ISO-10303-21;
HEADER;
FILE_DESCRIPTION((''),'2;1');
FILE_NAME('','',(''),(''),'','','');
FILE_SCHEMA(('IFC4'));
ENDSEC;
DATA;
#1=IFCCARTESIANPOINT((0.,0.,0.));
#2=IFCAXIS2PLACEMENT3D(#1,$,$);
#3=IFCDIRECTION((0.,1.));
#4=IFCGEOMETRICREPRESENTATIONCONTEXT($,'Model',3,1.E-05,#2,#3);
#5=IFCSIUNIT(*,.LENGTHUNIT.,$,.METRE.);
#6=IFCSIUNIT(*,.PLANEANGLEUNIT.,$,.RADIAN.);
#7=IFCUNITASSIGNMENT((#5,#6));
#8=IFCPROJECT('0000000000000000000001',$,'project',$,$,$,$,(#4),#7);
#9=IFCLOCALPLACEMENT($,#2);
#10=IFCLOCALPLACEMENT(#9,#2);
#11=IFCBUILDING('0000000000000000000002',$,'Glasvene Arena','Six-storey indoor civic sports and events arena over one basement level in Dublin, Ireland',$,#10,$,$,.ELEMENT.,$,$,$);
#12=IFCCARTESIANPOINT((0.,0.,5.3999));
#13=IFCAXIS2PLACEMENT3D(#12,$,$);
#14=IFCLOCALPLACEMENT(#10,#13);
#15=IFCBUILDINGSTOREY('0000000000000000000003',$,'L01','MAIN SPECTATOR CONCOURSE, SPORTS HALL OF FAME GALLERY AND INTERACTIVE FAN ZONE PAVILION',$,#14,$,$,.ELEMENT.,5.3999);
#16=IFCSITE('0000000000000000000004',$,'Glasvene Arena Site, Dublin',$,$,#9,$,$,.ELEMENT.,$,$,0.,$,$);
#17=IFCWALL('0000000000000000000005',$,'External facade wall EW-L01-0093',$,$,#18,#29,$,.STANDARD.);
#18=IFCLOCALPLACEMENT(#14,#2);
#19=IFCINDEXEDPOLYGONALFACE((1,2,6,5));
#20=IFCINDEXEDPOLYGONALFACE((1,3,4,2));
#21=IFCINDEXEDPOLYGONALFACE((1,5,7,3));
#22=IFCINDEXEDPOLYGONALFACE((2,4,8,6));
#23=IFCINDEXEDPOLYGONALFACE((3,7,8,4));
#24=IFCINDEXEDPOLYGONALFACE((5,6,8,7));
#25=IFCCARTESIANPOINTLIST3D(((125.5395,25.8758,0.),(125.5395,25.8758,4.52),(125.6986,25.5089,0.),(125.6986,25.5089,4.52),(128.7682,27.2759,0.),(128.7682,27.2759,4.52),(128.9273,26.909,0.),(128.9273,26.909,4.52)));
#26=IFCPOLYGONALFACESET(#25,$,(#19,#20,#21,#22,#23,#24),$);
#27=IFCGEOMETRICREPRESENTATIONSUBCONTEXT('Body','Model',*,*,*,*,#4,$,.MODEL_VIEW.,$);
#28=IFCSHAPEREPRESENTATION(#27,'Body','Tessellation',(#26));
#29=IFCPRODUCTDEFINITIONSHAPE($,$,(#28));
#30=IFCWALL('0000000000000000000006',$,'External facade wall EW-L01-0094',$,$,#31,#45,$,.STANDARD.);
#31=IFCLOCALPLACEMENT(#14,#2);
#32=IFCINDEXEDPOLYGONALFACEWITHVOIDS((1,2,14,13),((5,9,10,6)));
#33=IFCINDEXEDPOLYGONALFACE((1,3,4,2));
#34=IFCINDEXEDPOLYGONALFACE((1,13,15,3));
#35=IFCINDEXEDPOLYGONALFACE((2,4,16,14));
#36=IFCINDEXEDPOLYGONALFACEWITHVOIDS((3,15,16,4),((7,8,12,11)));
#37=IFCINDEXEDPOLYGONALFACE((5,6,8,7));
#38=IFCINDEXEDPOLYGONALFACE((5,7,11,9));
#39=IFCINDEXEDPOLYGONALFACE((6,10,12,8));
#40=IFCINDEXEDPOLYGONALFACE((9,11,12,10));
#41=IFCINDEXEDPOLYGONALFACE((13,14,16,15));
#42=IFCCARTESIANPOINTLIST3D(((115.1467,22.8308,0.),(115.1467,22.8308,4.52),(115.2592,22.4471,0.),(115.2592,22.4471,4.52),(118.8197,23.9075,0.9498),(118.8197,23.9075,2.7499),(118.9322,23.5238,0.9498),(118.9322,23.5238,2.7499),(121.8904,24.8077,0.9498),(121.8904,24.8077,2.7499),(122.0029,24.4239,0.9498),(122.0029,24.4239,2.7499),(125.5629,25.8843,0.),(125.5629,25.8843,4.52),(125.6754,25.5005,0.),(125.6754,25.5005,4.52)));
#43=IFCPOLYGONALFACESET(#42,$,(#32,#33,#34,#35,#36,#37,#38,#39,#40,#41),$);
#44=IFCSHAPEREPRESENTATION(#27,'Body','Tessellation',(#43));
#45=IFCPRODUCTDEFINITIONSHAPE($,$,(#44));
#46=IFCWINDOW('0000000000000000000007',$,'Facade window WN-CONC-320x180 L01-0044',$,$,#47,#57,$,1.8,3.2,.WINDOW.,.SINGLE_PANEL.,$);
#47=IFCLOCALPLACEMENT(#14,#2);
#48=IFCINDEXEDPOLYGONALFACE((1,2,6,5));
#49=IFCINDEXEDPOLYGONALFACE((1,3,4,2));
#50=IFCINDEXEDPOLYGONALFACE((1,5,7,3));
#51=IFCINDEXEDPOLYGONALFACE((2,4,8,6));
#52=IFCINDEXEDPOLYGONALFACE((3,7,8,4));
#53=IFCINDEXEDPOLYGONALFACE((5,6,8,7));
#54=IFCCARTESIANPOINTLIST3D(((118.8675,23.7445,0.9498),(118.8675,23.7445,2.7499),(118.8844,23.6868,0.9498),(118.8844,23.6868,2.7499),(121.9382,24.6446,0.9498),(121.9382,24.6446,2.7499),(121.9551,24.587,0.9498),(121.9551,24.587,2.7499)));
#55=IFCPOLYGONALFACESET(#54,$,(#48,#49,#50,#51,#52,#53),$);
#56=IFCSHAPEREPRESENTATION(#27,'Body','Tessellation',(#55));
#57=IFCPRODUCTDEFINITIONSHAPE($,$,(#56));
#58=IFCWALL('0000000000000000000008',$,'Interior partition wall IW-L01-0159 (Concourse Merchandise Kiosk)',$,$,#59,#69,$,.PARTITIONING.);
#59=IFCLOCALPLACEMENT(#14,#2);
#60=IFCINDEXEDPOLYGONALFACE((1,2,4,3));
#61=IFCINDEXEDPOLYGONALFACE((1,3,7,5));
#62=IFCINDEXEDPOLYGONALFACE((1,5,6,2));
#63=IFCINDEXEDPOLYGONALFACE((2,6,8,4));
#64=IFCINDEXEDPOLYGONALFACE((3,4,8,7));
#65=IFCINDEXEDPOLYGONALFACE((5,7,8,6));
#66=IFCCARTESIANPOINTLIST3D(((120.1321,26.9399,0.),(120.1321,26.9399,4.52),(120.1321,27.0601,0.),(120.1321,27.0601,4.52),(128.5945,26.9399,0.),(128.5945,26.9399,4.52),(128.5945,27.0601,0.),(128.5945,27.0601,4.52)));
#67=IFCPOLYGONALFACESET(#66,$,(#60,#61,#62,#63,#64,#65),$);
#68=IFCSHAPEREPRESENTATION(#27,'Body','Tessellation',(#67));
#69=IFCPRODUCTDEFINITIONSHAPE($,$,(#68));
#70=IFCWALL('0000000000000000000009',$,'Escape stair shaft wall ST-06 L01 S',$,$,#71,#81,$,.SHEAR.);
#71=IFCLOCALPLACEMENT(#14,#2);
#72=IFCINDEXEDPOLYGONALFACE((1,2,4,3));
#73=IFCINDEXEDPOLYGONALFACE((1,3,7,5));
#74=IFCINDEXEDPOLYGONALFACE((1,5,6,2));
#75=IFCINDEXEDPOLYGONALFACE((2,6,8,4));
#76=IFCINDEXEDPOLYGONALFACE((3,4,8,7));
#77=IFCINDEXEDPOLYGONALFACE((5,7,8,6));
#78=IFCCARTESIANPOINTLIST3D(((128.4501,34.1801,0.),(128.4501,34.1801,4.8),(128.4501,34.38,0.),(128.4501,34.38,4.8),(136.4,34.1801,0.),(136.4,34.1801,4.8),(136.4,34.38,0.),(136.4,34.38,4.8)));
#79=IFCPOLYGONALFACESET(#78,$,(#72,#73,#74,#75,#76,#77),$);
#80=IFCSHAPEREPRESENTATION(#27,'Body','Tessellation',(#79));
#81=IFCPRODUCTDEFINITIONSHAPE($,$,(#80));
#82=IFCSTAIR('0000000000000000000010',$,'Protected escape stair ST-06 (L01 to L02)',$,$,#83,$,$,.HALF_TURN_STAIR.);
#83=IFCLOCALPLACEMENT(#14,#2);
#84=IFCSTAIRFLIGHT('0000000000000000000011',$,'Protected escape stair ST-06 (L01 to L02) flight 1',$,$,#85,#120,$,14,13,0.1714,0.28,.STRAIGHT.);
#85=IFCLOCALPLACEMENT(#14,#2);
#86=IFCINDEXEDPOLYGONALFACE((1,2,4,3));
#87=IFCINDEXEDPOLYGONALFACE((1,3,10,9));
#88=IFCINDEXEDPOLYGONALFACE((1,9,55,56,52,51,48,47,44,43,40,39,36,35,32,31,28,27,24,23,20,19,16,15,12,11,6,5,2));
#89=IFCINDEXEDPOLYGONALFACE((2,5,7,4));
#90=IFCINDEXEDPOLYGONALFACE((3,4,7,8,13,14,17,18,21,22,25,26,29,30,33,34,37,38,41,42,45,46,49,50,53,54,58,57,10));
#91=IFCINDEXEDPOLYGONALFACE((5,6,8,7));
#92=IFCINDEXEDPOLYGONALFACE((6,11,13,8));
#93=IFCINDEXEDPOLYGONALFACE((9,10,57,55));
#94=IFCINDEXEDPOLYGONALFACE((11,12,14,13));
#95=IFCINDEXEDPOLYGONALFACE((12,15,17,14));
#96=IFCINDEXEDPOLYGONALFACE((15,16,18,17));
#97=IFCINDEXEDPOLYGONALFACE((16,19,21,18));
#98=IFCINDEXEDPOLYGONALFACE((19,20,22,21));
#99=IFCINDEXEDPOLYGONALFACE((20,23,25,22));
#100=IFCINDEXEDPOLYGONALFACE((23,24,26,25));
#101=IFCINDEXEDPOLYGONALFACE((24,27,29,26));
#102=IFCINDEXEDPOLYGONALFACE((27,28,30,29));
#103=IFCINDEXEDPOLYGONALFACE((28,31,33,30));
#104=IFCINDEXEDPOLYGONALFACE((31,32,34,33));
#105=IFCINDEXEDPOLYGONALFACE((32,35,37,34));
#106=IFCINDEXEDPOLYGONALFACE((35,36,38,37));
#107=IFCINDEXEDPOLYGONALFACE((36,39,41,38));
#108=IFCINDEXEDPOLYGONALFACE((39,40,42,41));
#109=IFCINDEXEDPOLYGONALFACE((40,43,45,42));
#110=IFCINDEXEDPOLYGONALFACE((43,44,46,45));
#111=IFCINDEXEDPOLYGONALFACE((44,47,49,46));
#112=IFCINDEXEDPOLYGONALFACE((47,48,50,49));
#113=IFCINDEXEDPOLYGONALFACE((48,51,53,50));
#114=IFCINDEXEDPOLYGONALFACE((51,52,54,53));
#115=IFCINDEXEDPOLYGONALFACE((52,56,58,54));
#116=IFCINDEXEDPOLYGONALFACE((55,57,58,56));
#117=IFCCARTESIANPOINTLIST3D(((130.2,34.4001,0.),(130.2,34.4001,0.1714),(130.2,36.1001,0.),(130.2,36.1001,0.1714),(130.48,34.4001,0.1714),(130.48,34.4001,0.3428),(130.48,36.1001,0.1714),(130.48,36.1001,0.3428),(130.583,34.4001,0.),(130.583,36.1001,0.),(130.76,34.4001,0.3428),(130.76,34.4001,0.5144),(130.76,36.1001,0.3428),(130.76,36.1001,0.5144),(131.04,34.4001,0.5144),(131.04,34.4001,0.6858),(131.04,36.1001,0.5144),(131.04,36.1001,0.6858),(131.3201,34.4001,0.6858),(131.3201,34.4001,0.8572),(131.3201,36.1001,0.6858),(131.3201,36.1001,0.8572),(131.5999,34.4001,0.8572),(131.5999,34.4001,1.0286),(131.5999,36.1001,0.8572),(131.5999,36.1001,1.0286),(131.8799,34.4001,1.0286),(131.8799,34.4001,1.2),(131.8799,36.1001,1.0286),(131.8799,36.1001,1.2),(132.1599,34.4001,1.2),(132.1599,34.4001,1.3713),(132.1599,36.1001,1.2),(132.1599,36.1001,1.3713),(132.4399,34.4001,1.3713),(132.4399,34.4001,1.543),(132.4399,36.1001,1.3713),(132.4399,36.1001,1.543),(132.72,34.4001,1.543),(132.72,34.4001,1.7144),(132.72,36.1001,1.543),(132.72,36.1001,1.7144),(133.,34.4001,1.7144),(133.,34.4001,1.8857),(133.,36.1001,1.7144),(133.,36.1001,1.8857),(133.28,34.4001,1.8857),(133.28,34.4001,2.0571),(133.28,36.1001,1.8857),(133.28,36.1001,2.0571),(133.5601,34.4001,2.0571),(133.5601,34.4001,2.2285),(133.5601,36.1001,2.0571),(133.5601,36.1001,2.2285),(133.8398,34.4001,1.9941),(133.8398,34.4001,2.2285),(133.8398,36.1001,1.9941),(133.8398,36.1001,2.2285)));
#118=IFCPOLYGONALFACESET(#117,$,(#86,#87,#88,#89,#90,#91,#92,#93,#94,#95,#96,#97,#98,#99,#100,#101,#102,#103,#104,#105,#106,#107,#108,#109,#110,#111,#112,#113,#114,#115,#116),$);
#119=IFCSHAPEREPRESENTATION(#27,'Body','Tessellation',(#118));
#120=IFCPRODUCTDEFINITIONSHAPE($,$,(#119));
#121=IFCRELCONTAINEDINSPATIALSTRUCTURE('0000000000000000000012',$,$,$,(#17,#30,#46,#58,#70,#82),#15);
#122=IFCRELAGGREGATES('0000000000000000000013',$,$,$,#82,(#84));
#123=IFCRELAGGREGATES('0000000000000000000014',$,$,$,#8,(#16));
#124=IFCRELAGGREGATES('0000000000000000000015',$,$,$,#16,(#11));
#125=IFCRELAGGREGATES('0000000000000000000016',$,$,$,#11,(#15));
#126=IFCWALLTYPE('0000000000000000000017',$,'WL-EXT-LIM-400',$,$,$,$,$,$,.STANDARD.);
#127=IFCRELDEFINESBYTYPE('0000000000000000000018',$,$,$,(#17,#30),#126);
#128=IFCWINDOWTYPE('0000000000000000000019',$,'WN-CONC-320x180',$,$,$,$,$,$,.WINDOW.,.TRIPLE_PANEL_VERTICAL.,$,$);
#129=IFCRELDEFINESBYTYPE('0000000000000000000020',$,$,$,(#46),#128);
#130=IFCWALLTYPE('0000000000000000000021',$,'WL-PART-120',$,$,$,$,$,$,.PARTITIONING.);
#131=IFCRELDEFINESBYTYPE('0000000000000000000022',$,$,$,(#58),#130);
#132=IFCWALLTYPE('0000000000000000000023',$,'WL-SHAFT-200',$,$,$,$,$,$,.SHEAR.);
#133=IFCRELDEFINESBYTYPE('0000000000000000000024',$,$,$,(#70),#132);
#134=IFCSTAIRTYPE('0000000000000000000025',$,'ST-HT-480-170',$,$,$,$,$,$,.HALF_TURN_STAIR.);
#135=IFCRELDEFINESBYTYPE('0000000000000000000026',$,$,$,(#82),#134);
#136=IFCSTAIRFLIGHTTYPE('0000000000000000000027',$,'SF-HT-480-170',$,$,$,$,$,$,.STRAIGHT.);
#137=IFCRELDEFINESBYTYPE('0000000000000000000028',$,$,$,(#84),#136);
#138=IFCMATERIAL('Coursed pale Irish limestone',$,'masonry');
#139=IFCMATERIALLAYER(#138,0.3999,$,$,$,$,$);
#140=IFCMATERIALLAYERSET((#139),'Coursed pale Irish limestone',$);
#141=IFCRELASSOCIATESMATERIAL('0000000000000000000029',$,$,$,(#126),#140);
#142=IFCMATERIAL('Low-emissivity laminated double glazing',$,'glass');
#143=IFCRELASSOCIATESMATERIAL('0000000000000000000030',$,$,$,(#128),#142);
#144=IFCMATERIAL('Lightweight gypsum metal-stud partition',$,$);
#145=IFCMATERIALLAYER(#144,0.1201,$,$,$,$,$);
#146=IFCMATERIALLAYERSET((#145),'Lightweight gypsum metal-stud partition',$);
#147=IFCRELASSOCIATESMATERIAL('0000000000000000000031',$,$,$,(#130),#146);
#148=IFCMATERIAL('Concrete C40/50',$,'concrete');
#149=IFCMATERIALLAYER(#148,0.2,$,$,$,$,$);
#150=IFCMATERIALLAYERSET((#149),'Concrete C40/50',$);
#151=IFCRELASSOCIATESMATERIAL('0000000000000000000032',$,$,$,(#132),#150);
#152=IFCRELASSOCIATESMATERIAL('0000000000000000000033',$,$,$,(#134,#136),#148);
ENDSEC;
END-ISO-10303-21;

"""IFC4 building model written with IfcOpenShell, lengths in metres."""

from ifc_helpers import new_model, si_unit, direction, frame, frame_2d, origin, place, context, subcontext, project, spatial, polyline, rectangle, outline, extrude, material, layer, layer_set, type_object, element, fill, aggregate, save


model = new_model("IFC4")

# Units and contexts
model_context = context("Model", 3, precision=1e-05, world=origin(), true_north=direction((0.0, 1.0)))
body_context = subcontext(model_context, "Body", "Model", "MODEL_VIEW")
ifc_project = project(units=[si_unit("LENGTHUNIT", "METRE"), si_unit("PLANEANGLEUNIT", "RADIAN")], contexts=[model_context])

# Site, building, storey
site_placement = place(None, origin())
site = spatial("IfcSite", under=ifc_project, at=site_placement, Name="Glasvene Arena Site, Dublin", CompositionType="ELEMENT", RefElevation=0.0)
building_placement = place(site_placement, origin())
building = spatial("IfcBuilding", under=site, at=building_placement, Name="Glasvene Arena", Description="Six-storey indoor civic sports and events arena over one basement level in Dublin, Ireland", CompositionType="ELEMENT")
storey_placement = place(building_placement, frame((0.0, 0.0, 5.3999)))
storey = spatial("IfcBuildingStorey", under=building, at=storey_placement, Name="L01", Description="MAIN SPECTATOR CONCOURSE, SPORTS HALL OF FAME GALLERY AND INTERACTIVE FAN ZONE PAVILION", CompositionType="ELEMENT", Elevation=5.3999)

# Shared definitions
ifc_material_1 = material(Name="Low-emissivity laminated double glazing", Category="glass")

# Shared definitions
ifc_material_2 = material(Name="Concrete C40/50", Category="concrete")

# Wall
ifc_material_3 = material(Name="Coursed pale Irish limestone", Category="masonry")
ifc_layer_1 = layer(ifc_material_3, 0.3999)
ifc_layer_set_1 = layer_set([ifc_layer_1], Name="Coursed pale Irish limestone")
wall_type_1 = type_object("IfcWallType", Name="WL-EXT-LIM-400", PredefinedType="STANDARD", material=ifc_layer_set_1)
wall_1_placement = place(storey_placement, frame((128.8479, 27.0925, 0.0), z_axis=(0.0, 0.0, 1.0), x_axis=(-0.91745, -0.397851, 0.0)))
element("IfcWall", 1, at=wall_1_placement, inside=storey, type_object=wall_type_1, Name="External facade wall EW-L01-0093", PredefinedType="STANDARD", context=body_context, shape_type="SweptSolid", body=[
    extrude(rectangle(XDim=3.5193, YDim=0.3999, at=frame_2d((1.7598, 0.0))), origin(), (0.0, 0.0, 1.0), 4.52),
])

# Wall, opening, window
wall_2_placement = place(storey_placement, frame((125.6191, 25.6924, 0.0), z_axis=(0.0, 0.0, 1.0), x_axis=(-0.959618, -0.281307, 0.0)))
wall_2 = element("IfcWall", 2, at=wall_2_placement, inside=storey, type_object=wall_type_1, Name="External facade wall EW-L01-0094", PredefinedType="STANDARD", context=body_context, shape_type="SweptSolid", body=[
    extrude(rectangle(XDim=10.8545, YDim=0.3999, at=frame_2d((5.4272, 0.0))), origin(), (0.0, 0.0, 1.0), 4.52),
])
opening_1_placement = place(wall_2_placement, frame((3.8269, 0.0, 0.95)))
opening_1 = element("IfcOpeningElement", 3, at=opening_1_placement, cuts=wall_2, PredefinedType="OPENING", context=body_context, shape_type="SweptSolid", body=[
    extrude(rectangle(XDim=3.2, YDim=1.8, at=frame_2d((1.6001, 0.8999))), frame((0.0, 0.21, 0.0), z_axis=(0.0, -1.0, 0.0), x_axis=(1.0, 0.0, 0.0)), (0.0, 0.0, 1.0), 0.4199),
])
window_type = type_object("IfcWindowType", Name="WN-CONC-320x180", PartitioningType="TRIPLE_PANEL_VERTICAL", PredefinedType="WINDOW", material=ifc_material_1)
window_placement = place(opening_1_placement, origin())
window = element("IfcWindow", 4, at=window_placement, inside=storey, type_object=window_type, Name="Facade window WN-CONC-320x180 L01-0044", OverallHeight=1.8, OverallWidth=3.2, PartitioningType="SINGLE_PANEL", PredefinedType="WINDOW", context=body_context, shape_type="SweptSolid", body=[
    extrude(rectangle(XDim=3.2, YDim=1.8, at=frame_2d((1.6001, 0.8999))), frame((0.0, 0.03, 0.0), z_axis=(0.0, -1.0, 0.0), x_axis=(1.0, 0.0, 0.0)), (0.0, 0.0, 1.0), 0.0601),
])
fill(opening_1, window)

# Walls
ifc_material_4 = material(Name="Lightweight gypsum metal-stud partition")
ifc_layer_2 = layer(ifc_material_4, 0.1201)
ifc_layer_set_2 = layer_set([ifc_layer_2], Name="Lightweight gypsum metal-stud partition")
wall_type_2 = type_object("IfcWallType", Name="WL-PART-120", PredefinedType="PARTITIONING", material=ifc_layer_set_2)
wall_3_placement = place(storey_placement, frame((120.1321, 27.0, 0.0), z_axis=(0.0, 0.0, 1.0), x_axis=(1.0, 0.0, 0.0)))
element("IfcWall", 5, at=wall_3_placement, inside=storey, type_object=wall_type_2, Name="Interior partition wall IW-L01-0159 (Concourse Merchandise Kiosk)", PredefinedType="PARTITIONING", context=body_context, shape_type="SweptSolid", body=[
    extrude(rectangle(XDim=8.4624, YDim=0.1201, at=frame_2d((4.2312, 0.0))), origin(), (0.0, 0.0, 1.0), 4.52),
])
ifc_layer_3 = layer(ifc_material_2, 0.2)
ifc_layer_set_3 = layer_set([ifc_layer_3], Name="Concrete C40/50")
wall_type_3 = type_object("IfcWallType", Name="WL-SHAFT-200", PredefinedType="SHEAR", material=ifc_layer_set_3)
wall_4_placement = place(storey_placement, frame((128.45, 34.28, 0.0), z_axis=(0.0, 0.0, 1.0), x_axis=(1.0, 0.0, 0.0)))
element("IfcWall", 6, at=wall_4_placement, inside=storey, type_object=wall_type_3, Name="Escape stair shaft wall ST-06 L01 S", PredefinedType="SHEAR", context=body_context, shape_type="SweptSolid", body=[
    extrude(rectangle(XDim=7.95, YDim=0.2, at=frame_2d((3.9751, 0.0))), origin(), (0.0, 0.0, 1.0), 4.8),
])

# Stair, stair flight
stair_type = type_object("IfcStairType", Name="ST-HT-480-170", PredefinedType="HALF_TURN_STAIR", material=ifc_material_2)
stair_placement = place(storey_placement, origin())
stair = element("IfcStair", 7, at=stair_placement, inside=storey, type_object=stair_type, Name="Protected escape stair ST-06 (L01 to L02)", PredefinedType="HALF_TURN_STAIR")
stair_flight_type = type_object("IfcStairFlightType", Name="SF-HT-480-170", PredefinedType="STRAIGHT", material=ifc_material_2)
stair_flight_placement = place(storey_placement, frame((130.2, 35.25, 0.0), z_axis=(0.0, 0.0, 1.0), x_axis=(1.0, 0.0, 0.0)))
stair_flight = element("IfcStairFlight", 8, at=stair_flight_placement, type_object=stair_flight_type, Name="Protected escape stair ST-06 (L01 to L02) flight 1", NumberOfRisers=14, NumberOfTreads=13, PredefinedType="STRAIGHT", RiserHeight=0.1714, TreadLength=0.28, context=body_context, shape_type="SweptSolid", body=[
    extrude(outline(polyline([(0.0, 0.0), (0.0, 0.1714), (0.28, 0.1714), (0.28, 0.3428), (0.5601, 0.3428), (0.5601, 0.5144), (0.8401, 0.5144), (0.8401, 0.6858), (1.1201, 0.6858), (1.1201, 0.8572), (1.3999, 0.8572), (1.3999, 1.0286), (1.6799, 1.0286), (1.6799, 1.2), (1.96, 1.2), (1.96, 1.3713), (2.24, 1.3713), (2.24, 1.543), (2.52, 1.543), (2.52, 1.7144), (2.8, 1.7144), (2.8, 1.8857), (3.0801, 1.8857), (3.0801, 2.0571), (3.3601, 2.0571), (3.3601, 2.2285), (3.6399, 2.2285), (3.6399, 2.3999), (3.6399, 1.9941), (0.3831, 0.0), (0.0, 0.0)])), frame((0.0, 0.8501, 0.0), z_axis=(0.0, -1.0, 0.0), x_axis=(1.0, 0.0, 0.0)), (0.0, 0.0, 1.0), 1.7),
])
aggregate(stair, [stair_flight])

save(model, "model.ifc")
